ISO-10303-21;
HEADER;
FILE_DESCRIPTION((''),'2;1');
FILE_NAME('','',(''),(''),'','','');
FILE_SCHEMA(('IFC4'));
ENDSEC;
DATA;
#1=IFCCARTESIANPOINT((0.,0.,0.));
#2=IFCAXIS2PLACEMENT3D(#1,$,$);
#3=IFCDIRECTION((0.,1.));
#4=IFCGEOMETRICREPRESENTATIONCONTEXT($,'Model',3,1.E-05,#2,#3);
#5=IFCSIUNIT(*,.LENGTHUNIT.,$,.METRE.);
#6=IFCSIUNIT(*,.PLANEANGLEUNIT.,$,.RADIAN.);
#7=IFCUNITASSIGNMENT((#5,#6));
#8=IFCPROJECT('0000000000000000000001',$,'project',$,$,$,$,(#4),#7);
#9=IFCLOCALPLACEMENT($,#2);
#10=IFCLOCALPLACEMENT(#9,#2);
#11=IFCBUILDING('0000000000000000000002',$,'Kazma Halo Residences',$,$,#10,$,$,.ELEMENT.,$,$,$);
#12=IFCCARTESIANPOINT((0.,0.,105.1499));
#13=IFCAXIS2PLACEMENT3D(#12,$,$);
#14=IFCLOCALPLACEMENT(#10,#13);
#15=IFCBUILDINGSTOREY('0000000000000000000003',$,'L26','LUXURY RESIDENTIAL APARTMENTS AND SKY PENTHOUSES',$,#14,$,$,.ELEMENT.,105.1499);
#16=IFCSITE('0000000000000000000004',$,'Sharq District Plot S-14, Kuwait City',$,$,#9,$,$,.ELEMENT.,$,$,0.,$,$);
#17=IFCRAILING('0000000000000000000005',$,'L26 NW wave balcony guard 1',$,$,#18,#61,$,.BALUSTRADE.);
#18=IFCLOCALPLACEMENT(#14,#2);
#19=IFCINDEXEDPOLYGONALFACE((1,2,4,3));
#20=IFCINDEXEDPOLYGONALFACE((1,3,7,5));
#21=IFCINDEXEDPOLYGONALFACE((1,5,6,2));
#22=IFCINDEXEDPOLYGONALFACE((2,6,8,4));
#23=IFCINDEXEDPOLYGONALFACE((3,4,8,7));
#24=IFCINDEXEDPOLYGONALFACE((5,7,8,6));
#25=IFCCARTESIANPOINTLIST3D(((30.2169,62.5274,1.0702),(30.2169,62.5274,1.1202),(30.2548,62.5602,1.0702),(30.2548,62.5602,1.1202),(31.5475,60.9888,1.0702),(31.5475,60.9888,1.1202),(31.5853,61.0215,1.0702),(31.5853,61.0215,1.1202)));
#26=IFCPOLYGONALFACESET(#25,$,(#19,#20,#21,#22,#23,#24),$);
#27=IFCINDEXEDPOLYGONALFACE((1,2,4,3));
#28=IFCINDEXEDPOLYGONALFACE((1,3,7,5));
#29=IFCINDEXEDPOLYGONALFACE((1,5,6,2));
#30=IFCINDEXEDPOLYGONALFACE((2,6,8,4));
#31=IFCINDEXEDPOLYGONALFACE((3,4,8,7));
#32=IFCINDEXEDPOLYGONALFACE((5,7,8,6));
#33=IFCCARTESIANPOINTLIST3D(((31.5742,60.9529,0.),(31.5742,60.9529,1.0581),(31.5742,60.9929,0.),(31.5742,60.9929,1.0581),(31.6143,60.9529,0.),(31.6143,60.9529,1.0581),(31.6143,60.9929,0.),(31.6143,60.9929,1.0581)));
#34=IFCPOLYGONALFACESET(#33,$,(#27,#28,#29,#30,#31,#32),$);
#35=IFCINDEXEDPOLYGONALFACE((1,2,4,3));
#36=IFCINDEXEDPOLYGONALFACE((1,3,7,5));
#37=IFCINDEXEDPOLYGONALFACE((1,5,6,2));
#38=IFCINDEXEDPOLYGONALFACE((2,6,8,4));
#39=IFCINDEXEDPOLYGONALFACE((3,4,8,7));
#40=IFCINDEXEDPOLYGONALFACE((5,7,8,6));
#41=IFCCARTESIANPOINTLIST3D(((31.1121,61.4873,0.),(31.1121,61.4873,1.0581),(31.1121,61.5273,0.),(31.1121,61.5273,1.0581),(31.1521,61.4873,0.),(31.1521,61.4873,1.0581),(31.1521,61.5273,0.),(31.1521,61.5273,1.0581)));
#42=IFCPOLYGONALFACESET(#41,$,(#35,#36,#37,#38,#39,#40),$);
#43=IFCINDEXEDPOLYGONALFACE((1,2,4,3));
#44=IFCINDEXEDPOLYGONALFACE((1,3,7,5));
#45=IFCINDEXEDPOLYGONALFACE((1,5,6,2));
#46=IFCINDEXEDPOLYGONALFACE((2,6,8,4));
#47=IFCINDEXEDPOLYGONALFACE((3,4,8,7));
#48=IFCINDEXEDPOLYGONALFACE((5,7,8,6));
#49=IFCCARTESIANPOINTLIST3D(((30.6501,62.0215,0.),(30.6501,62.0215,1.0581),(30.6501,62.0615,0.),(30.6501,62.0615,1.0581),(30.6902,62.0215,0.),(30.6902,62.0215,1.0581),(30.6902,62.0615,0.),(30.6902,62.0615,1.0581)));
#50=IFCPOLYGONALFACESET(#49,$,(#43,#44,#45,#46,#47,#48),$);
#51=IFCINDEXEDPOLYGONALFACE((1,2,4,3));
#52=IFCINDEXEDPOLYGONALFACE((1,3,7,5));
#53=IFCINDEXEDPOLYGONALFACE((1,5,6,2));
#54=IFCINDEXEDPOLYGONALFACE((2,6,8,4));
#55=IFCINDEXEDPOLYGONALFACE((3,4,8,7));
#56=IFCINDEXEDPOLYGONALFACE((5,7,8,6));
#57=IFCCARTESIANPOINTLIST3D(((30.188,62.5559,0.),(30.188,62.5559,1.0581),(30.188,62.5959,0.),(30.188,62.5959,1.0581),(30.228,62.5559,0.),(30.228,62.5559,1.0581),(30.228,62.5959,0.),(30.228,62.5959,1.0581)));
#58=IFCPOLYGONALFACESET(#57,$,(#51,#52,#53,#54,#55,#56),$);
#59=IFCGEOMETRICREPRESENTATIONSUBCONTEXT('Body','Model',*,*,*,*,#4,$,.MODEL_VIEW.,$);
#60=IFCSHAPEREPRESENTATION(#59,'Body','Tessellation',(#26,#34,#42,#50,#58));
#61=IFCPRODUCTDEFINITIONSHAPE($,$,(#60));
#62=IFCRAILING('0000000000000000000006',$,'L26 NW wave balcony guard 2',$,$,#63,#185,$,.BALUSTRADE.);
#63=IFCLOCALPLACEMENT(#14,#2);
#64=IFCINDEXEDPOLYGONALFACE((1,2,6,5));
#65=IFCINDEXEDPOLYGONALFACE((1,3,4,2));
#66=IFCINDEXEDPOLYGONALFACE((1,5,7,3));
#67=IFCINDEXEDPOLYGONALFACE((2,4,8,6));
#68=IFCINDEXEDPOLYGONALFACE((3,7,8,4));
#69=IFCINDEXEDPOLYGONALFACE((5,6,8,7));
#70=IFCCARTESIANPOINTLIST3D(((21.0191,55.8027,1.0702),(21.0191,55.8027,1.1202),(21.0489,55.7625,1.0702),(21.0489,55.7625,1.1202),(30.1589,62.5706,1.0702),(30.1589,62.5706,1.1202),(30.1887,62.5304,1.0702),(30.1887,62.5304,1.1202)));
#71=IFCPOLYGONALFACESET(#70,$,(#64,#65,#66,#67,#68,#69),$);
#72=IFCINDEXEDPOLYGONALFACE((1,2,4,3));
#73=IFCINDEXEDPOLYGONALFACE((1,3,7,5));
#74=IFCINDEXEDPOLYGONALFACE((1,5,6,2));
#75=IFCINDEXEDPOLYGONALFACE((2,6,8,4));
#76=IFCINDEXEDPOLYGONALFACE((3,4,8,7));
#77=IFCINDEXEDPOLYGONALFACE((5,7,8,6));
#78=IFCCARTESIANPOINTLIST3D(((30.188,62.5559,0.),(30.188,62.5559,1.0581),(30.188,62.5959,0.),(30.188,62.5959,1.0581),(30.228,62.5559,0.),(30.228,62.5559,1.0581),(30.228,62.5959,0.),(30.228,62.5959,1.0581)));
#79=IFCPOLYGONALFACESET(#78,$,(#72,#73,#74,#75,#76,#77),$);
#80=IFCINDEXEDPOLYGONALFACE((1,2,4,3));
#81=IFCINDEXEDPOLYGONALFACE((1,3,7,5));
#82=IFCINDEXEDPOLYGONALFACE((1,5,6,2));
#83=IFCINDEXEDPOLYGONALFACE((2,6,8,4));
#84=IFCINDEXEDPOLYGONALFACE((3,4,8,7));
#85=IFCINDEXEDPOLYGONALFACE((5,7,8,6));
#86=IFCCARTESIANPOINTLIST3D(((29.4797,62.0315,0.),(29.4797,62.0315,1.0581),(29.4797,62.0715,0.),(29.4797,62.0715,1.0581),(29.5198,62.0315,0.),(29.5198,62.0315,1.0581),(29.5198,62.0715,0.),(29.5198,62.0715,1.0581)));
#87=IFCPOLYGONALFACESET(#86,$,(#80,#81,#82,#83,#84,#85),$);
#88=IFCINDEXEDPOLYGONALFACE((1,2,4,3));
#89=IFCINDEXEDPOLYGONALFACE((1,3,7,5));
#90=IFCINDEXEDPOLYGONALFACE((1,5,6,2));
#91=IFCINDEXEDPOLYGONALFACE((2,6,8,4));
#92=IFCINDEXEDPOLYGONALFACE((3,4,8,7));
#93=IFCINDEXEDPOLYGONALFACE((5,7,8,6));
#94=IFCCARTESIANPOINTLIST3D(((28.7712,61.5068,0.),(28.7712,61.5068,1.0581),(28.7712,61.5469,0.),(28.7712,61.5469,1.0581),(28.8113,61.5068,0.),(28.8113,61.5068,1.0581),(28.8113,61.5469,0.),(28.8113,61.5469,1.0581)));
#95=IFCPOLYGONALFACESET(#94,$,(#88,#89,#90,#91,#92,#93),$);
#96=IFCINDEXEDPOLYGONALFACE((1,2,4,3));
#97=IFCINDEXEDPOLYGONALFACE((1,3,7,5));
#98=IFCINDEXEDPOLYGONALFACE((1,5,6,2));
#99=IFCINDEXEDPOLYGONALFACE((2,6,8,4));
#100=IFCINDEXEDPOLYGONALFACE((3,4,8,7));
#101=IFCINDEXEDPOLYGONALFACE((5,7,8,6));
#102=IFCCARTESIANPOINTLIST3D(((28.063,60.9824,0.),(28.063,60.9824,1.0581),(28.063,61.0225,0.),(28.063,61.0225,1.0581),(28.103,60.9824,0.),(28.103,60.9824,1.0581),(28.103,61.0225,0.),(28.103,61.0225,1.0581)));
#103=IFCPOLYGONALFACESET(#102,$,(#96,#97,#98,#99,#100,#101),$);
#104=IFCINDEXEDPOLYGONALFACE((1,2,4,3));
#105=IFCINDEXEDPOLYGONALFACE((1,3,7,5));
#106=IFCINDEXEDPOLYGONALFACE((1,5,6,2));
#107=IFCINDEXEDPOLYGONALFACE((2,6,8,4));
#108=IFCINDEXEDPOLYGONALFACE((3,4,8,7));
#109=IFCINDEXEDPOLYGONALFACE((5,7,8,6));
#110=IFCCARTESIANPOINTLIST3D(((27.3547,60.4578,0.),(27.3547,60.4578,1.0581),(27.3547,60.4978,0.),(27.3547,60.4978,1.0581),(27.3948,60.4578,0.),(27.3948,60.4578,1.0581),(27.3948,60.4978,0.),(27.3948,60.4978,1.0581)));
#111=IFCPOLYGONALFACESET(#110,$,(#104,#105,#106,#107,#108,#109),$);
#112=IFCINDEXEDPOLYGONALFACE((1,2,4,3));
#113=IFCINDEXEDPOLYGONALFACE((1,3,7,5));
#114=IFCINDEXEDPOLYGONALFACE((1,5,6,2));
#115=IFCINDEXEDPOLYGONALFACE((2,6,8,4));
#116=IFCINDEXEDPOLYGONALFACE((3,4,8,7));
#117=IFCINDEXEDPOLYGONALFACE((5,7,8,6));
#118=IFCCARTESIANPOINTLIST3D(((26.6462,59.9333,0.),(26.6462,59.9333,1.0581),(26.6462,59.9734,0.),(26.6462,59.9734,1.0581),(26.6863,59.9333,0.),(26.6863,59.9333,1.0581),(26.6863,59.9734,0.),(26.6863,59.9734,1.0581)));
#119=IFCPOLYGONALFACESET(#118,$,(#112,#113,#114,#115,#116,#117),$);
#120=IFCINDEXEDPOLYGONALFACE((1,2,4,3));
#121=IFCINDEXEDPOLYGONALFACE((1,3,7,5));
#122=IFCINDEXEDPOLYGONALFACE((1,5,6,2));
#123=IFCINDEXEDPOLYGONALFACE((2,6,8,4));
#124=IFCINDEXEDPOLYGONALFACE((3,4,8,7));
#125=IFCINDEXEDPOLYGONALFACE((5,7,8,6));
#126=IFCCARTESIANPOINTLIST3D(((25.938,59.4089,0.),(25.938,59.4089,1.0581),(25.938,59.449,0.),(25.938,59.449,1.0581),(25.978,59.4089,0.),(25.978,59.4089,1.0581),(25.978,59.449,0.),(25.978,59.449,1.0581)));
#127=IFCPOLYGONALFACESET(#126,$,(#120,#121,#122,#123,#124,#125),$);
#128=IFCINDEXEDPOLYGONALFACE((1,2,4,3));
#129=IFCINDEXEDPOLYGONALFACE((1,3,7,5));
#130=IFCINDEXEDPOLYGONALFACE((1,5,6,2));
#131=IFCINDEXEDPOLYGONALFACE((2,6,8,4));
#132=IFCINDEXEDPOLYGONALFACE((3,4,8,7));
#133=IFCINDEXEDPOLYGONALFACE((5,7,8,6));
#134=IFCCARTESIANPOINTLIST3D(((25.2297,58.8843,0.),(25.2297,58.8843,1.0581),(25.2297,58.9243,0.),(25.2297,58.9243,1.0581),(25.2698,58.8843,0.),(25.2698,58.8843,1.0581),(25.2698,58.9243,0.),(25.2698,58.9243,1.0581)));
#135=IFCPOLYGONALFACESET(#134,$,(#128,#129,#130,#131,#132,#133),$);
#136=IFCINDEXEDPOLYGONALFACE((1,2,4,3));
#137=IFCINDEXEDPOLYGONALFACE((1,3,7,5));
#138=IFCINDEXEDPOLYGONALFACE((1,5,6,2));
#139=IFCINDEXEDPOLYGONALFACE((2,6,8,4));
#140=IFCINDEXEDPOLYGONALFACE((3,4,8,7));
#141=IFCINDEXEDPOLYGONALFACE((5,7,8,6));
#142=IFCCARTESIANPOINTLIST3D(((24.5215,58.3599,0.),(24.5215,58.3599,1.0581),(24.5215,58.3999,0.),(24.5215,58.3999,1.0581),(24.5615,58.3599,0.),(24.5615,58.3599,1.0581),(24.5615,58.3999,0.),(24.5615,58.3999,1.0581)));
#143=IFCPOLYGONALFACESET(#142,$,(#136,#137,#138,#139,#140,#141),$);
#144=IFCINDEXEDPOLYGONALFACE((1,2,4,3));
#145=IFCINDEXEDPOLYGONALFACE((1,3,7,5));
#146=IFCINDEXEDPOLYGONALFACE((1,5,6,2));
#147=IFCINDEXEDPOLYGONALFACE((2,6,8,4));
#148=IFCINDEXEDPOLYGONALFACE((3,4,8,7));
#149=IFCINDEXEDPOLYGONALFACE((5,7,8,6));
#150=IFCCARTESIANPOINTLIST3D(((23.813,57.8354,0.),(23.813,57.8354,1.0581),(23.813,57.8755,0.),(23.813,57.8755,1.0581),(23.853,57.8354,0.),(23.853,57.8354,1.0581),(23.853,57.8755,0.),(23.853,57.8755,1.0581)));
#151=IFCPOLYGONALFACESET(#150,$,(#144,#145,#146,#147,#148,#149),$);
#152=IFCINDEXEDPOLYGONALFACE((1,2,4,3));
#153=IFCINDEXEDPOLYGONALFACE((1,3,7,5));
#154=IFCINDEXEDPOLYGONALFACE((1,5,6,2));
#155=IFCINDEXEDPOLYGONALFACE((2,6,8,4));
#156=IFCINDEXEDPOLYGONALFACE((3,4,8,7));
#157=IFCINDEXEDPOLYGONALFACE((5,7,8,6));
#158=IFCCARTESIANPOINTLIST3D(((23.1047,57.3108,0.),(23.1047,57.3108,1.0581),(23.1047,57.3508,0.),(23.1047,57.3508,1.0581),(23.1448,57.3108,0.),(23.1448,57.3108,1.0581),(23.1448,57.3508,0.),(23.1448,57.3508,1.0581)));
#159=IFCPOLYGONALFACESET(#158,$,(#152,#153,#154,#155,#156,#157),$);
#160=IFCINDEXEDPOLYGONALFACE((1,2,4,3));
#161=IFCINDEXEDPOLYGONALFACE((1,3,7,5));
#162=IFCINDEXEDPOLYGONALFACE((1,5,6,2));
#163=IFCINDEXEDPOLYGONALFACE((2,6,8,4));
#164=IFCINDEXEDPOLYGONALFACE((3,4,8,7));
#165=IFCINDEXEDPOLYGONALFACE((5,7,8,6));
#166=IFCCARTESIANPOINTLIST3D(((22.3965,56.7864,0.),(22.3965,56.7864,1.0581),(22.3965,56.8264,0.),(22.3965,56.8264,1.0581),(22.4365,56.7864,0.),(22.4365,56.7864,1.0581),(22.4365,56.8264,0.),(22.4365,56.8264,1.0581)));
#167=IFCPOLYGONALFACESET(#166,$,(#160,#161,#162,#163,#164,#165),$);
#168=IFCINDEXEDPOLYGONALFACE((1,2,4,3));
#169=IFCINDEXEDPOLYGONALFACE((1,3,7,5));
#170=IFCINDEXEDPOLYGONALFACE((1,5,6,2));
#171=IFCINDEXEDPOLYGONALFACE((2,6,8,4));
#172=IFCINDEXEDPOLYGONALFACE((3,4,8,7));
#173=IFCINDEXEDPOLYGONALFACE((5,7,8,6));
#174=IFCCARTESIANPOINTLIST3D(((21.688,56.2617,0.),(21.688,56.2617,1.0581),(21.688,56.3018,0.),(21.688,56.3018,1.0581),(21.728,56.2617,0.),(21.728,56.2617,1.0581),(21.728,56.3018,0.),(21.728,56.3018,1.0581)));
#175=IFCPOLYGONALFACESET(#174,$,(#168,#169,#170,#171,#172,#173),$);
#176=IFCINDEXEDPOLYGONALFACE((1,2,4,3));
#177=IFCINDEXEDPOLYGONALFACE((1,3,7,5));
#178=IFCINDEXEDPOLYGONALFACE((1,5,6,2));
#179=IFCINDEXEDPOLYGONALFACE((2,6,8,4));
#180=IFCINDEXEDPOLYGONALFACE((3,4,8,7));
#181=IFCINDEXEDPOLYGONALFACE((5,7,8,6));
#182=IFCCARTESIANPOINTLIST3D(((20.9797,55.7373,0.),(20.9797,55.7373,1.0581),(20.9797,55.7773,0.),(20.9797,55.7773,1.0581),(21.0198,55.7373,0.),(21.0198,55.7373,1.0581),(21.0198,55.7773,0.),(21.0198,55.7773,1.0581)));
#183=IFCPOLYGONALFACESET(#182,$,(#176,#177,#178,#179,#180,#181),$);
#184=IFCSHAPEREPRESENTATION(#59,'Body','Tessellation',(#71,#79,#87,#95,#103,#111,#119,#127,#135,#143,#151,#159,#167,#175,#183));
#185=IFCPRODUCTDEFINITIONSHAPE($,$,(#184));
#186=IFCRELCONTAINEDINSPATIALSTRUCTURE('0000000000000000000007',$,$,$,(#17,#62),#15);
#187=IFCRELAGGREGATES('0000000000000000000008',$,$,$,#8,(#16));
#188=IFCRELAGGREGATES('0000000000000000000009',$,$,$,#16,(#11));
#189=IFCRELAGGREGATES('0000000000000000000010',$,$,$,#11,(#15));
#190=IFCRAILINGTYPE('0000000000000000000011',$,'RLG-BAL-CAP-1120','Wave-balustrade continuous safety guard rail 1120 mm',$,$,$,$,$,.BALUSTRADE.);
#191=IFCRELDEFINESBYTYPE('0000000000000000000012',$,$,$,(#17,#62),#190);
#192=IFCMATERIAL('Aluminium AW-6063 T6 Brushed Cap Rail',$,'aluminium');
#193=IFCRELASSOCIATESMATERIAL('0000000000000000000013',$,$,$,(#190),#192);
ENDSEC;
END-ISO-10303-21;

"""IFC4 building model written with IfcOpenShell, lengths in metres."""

from ifc_helpers import new_model, si_unit, direction, frame, origin, origin_2d, place, context, subcontext, project, spatial, rectangle, extrude, material, type_object, element, save


model = new_model("IFC4")

# Units and contexts
model_context = context("Model", 3, precision=1e-05, world=origin(), true_north=direction((0.0, 1.0)))
body_context = subcontext(model_context, "Body", "Model", "MODEL_VIEW")
ifc_project = project(units=[si_unit("LENGTHUNIT", "METRE"), si_unit("PLANEANGLEUNIT", "RADIAN")], contexts=[model_context])

# Site, building, storey
site_placement = place(None, origin())
site = spatial("IfcSite", under=ifc_project, at=site_placement, Name="Sharq District Plot S-14, Kuwait City", CompositionType="ELEMENT", RefElevation=0.0)
building_placement = place(site_placement, origin())
building = spatial("IfcBuilding", under=site, at=building_placement, Name="Kazma Halo Residences", CompositionType="ELEMENT")
storey_placement = place(building_placement, frame((0.0, 0.0, 105.1499)))
storey = spatial("IfcBuildingStorey", under=building, at=storey_placement, Name="L26", Description="LUXURY RESIDENTIAL APARTMENTS AND SKY PENTHOUSES", CompositionType="ELEMENT", Elevation=105.1499)

# Railings
ifc_material_1 = material(Name="Aluminium AW-6063 T6 Brushed Cap Rail", Category="aluminium")
railing_type = type_object("IfcRailingType", Name="RLG-BAL-CAP-1120", Description="Wave-balustrade continuous safety guard rail 1120 mm", PredefinedType="BALUSTRADE", material=ifc_material_1)
railing_1_placement = place(storey_placement, frame((31.5942, 60.9729, 0.0)))
element("IfcRailing", 1, at=railing_1_placement, inside=storey, type_object=railing_type, Name="L26 NW wave balcony guard 1", PredefinedType="BALUSTRADE", context=body_context, shape_type="SweptSolid", body=[
    extrude(rectangle(XDim=0.05, YDim=0.05, at=origin_2d()), frame((-0.0278, 0.0322, 1.0952), z_axis=(-0.654106, 0.756403, 0.0), x_axis=(-0.756403, -0.654106, 0.0)), (0.0, 0.0, 1.0), 2.0342),
    extrude(rectangle(XDim=0.04, YDim=0.04, at=origin_2d()), origin(), (0.0, 0.0, 1.0), 1.0581),
    extrude(rectangle(XDim=0.04, YDim=0.04, at=origin_2d()), frame((-0.4622, 0.5344, 0.0)), (0.0, 0.0, 1.0), 1.0581),
    extrude(rectangle(XDim=0.04, YDim=0.04, at=origin_2d()), frame((-0.9241, 1.0686, 0.0)), (0.0, 0.0, 1.0), 1.0581),
    extrude(rectangle(XDim=0.04, YDim=0.04, at=origin_2d()), frame((-1.3862, 1.603, 0.0)), (0.0, 0.0, 1.0), 1.0581),
])
railing_2_placement = place(storey_placement, frame((30.208, 62.5759, 0.0)))
element("IfcRailing", 2, at=railing_2_placement, inside=storey, type_object=railing_type, Name="L26 NW wave balcony guard 2", PredefinedType="BALUSTRADE", context=body_context, shape_type="SweptSolid", body=[
    extrude(rectangle(XDim=0.05, YDim=0.05, at=origin_2d()), frame((-0.0342, -0.0254, 1.0952), z_axis=(-0.803654, -0.595097, 0.0), x_axis=(0.595097, -0.803654, 0.0)), (0.0, 0.0, 1.0), 11.3728),
    extrude(rectangle(XDim=0.04, YDim=0.04, at=origin_2d()), origin(), (0.0, 0.0, 1.0), 1.0581),
    extrude(rectangle(XDim=0.04, YDim=0.04, at=origin_2d()), frame((-0.7083, -0.5244, 0.0)), (0.0, 0.0, 1.0), 1.0581),
    extrude(rectangle(XDim=0.04, YDim=0.04, at=origin_2d()), frame((-1.4167, -1.0491, 0.0)), (0.0, 0.0, 1.0), 1.0581),
    extrude(rectangle(XDim=0.04, YDim=0.04, at=origin_2d()), frame((-2.125, -1.5735, 0.0)), (0.0, 0.0, 1.0), 1.0581),
    extrude(rectangle(XDim=0.04, YDim=0.04, at=origin_2d()), frame((-2.8333, -2.0981, 0.0)), (0.0, 0.0, 1.0), 1.0581),
    extrude(rectangle(XDim=0.04, YDim=0.04, at=origin_2d()), frame((-3.5417, -2.6226, 0.0)), (0.0, 0.0, 1.0), 1.0581),
    extrude(rectangle(XDim=0.04, YDim=0.04, at=origin_2d()), frame((-4.25, -3.147, 0.0)), (0.0, 0.0, 1.0), 1.0581),
    extrude(rectangle(XDim=0.04, YDim=0.04, at=origin_2d()), frame((-4.9583, -3.6716, 0.0)), (0.0, 0.0, 1.0), 1.0581),
    extrude(rectangle(XDim=0.04, YDim=0.04, at=origin_2d()), frame((-5.6665, -4.196, 0.0)), (0.0, 0.0, 1.0), 1.0581),
    extrude(rectangle(XDim=0.04, YDim=0.04, at=origin_2d()), frame((-6.375, -4.7205, 0.0)), (0.0, 0.0, 1.0), 1.0581),
    extrude(rectangle(XDim=0.04, YDim=0.04, at=origin_2d()), frame((-7.0833, -5.2451, 0.0)), (0.0, 0.0, 1.0), 1.0581),
    extrude(rectangle(XDim=0.04, YDim=0.04, at=origin_2d()), frame((-7.7915, -5.7695, 0.0)), (0.0, 0.0, 1.0), 1.0581),
    extrude(rectangle(XDim=0.04, YDim=0.04, at=origin_2d()), frame((-8.5, -6.2942, 0.0)), (0.0, 0.0, 1.0), 1.0581),
    extrude(rectangle(XDim=0.04, YDim=0.04, at=origin_2d()), frame((-9.2083, -6.8186, 0.0)), (0.0, 0.0, 1.0), 1.0581),
])

save(model, "model.ifc")
